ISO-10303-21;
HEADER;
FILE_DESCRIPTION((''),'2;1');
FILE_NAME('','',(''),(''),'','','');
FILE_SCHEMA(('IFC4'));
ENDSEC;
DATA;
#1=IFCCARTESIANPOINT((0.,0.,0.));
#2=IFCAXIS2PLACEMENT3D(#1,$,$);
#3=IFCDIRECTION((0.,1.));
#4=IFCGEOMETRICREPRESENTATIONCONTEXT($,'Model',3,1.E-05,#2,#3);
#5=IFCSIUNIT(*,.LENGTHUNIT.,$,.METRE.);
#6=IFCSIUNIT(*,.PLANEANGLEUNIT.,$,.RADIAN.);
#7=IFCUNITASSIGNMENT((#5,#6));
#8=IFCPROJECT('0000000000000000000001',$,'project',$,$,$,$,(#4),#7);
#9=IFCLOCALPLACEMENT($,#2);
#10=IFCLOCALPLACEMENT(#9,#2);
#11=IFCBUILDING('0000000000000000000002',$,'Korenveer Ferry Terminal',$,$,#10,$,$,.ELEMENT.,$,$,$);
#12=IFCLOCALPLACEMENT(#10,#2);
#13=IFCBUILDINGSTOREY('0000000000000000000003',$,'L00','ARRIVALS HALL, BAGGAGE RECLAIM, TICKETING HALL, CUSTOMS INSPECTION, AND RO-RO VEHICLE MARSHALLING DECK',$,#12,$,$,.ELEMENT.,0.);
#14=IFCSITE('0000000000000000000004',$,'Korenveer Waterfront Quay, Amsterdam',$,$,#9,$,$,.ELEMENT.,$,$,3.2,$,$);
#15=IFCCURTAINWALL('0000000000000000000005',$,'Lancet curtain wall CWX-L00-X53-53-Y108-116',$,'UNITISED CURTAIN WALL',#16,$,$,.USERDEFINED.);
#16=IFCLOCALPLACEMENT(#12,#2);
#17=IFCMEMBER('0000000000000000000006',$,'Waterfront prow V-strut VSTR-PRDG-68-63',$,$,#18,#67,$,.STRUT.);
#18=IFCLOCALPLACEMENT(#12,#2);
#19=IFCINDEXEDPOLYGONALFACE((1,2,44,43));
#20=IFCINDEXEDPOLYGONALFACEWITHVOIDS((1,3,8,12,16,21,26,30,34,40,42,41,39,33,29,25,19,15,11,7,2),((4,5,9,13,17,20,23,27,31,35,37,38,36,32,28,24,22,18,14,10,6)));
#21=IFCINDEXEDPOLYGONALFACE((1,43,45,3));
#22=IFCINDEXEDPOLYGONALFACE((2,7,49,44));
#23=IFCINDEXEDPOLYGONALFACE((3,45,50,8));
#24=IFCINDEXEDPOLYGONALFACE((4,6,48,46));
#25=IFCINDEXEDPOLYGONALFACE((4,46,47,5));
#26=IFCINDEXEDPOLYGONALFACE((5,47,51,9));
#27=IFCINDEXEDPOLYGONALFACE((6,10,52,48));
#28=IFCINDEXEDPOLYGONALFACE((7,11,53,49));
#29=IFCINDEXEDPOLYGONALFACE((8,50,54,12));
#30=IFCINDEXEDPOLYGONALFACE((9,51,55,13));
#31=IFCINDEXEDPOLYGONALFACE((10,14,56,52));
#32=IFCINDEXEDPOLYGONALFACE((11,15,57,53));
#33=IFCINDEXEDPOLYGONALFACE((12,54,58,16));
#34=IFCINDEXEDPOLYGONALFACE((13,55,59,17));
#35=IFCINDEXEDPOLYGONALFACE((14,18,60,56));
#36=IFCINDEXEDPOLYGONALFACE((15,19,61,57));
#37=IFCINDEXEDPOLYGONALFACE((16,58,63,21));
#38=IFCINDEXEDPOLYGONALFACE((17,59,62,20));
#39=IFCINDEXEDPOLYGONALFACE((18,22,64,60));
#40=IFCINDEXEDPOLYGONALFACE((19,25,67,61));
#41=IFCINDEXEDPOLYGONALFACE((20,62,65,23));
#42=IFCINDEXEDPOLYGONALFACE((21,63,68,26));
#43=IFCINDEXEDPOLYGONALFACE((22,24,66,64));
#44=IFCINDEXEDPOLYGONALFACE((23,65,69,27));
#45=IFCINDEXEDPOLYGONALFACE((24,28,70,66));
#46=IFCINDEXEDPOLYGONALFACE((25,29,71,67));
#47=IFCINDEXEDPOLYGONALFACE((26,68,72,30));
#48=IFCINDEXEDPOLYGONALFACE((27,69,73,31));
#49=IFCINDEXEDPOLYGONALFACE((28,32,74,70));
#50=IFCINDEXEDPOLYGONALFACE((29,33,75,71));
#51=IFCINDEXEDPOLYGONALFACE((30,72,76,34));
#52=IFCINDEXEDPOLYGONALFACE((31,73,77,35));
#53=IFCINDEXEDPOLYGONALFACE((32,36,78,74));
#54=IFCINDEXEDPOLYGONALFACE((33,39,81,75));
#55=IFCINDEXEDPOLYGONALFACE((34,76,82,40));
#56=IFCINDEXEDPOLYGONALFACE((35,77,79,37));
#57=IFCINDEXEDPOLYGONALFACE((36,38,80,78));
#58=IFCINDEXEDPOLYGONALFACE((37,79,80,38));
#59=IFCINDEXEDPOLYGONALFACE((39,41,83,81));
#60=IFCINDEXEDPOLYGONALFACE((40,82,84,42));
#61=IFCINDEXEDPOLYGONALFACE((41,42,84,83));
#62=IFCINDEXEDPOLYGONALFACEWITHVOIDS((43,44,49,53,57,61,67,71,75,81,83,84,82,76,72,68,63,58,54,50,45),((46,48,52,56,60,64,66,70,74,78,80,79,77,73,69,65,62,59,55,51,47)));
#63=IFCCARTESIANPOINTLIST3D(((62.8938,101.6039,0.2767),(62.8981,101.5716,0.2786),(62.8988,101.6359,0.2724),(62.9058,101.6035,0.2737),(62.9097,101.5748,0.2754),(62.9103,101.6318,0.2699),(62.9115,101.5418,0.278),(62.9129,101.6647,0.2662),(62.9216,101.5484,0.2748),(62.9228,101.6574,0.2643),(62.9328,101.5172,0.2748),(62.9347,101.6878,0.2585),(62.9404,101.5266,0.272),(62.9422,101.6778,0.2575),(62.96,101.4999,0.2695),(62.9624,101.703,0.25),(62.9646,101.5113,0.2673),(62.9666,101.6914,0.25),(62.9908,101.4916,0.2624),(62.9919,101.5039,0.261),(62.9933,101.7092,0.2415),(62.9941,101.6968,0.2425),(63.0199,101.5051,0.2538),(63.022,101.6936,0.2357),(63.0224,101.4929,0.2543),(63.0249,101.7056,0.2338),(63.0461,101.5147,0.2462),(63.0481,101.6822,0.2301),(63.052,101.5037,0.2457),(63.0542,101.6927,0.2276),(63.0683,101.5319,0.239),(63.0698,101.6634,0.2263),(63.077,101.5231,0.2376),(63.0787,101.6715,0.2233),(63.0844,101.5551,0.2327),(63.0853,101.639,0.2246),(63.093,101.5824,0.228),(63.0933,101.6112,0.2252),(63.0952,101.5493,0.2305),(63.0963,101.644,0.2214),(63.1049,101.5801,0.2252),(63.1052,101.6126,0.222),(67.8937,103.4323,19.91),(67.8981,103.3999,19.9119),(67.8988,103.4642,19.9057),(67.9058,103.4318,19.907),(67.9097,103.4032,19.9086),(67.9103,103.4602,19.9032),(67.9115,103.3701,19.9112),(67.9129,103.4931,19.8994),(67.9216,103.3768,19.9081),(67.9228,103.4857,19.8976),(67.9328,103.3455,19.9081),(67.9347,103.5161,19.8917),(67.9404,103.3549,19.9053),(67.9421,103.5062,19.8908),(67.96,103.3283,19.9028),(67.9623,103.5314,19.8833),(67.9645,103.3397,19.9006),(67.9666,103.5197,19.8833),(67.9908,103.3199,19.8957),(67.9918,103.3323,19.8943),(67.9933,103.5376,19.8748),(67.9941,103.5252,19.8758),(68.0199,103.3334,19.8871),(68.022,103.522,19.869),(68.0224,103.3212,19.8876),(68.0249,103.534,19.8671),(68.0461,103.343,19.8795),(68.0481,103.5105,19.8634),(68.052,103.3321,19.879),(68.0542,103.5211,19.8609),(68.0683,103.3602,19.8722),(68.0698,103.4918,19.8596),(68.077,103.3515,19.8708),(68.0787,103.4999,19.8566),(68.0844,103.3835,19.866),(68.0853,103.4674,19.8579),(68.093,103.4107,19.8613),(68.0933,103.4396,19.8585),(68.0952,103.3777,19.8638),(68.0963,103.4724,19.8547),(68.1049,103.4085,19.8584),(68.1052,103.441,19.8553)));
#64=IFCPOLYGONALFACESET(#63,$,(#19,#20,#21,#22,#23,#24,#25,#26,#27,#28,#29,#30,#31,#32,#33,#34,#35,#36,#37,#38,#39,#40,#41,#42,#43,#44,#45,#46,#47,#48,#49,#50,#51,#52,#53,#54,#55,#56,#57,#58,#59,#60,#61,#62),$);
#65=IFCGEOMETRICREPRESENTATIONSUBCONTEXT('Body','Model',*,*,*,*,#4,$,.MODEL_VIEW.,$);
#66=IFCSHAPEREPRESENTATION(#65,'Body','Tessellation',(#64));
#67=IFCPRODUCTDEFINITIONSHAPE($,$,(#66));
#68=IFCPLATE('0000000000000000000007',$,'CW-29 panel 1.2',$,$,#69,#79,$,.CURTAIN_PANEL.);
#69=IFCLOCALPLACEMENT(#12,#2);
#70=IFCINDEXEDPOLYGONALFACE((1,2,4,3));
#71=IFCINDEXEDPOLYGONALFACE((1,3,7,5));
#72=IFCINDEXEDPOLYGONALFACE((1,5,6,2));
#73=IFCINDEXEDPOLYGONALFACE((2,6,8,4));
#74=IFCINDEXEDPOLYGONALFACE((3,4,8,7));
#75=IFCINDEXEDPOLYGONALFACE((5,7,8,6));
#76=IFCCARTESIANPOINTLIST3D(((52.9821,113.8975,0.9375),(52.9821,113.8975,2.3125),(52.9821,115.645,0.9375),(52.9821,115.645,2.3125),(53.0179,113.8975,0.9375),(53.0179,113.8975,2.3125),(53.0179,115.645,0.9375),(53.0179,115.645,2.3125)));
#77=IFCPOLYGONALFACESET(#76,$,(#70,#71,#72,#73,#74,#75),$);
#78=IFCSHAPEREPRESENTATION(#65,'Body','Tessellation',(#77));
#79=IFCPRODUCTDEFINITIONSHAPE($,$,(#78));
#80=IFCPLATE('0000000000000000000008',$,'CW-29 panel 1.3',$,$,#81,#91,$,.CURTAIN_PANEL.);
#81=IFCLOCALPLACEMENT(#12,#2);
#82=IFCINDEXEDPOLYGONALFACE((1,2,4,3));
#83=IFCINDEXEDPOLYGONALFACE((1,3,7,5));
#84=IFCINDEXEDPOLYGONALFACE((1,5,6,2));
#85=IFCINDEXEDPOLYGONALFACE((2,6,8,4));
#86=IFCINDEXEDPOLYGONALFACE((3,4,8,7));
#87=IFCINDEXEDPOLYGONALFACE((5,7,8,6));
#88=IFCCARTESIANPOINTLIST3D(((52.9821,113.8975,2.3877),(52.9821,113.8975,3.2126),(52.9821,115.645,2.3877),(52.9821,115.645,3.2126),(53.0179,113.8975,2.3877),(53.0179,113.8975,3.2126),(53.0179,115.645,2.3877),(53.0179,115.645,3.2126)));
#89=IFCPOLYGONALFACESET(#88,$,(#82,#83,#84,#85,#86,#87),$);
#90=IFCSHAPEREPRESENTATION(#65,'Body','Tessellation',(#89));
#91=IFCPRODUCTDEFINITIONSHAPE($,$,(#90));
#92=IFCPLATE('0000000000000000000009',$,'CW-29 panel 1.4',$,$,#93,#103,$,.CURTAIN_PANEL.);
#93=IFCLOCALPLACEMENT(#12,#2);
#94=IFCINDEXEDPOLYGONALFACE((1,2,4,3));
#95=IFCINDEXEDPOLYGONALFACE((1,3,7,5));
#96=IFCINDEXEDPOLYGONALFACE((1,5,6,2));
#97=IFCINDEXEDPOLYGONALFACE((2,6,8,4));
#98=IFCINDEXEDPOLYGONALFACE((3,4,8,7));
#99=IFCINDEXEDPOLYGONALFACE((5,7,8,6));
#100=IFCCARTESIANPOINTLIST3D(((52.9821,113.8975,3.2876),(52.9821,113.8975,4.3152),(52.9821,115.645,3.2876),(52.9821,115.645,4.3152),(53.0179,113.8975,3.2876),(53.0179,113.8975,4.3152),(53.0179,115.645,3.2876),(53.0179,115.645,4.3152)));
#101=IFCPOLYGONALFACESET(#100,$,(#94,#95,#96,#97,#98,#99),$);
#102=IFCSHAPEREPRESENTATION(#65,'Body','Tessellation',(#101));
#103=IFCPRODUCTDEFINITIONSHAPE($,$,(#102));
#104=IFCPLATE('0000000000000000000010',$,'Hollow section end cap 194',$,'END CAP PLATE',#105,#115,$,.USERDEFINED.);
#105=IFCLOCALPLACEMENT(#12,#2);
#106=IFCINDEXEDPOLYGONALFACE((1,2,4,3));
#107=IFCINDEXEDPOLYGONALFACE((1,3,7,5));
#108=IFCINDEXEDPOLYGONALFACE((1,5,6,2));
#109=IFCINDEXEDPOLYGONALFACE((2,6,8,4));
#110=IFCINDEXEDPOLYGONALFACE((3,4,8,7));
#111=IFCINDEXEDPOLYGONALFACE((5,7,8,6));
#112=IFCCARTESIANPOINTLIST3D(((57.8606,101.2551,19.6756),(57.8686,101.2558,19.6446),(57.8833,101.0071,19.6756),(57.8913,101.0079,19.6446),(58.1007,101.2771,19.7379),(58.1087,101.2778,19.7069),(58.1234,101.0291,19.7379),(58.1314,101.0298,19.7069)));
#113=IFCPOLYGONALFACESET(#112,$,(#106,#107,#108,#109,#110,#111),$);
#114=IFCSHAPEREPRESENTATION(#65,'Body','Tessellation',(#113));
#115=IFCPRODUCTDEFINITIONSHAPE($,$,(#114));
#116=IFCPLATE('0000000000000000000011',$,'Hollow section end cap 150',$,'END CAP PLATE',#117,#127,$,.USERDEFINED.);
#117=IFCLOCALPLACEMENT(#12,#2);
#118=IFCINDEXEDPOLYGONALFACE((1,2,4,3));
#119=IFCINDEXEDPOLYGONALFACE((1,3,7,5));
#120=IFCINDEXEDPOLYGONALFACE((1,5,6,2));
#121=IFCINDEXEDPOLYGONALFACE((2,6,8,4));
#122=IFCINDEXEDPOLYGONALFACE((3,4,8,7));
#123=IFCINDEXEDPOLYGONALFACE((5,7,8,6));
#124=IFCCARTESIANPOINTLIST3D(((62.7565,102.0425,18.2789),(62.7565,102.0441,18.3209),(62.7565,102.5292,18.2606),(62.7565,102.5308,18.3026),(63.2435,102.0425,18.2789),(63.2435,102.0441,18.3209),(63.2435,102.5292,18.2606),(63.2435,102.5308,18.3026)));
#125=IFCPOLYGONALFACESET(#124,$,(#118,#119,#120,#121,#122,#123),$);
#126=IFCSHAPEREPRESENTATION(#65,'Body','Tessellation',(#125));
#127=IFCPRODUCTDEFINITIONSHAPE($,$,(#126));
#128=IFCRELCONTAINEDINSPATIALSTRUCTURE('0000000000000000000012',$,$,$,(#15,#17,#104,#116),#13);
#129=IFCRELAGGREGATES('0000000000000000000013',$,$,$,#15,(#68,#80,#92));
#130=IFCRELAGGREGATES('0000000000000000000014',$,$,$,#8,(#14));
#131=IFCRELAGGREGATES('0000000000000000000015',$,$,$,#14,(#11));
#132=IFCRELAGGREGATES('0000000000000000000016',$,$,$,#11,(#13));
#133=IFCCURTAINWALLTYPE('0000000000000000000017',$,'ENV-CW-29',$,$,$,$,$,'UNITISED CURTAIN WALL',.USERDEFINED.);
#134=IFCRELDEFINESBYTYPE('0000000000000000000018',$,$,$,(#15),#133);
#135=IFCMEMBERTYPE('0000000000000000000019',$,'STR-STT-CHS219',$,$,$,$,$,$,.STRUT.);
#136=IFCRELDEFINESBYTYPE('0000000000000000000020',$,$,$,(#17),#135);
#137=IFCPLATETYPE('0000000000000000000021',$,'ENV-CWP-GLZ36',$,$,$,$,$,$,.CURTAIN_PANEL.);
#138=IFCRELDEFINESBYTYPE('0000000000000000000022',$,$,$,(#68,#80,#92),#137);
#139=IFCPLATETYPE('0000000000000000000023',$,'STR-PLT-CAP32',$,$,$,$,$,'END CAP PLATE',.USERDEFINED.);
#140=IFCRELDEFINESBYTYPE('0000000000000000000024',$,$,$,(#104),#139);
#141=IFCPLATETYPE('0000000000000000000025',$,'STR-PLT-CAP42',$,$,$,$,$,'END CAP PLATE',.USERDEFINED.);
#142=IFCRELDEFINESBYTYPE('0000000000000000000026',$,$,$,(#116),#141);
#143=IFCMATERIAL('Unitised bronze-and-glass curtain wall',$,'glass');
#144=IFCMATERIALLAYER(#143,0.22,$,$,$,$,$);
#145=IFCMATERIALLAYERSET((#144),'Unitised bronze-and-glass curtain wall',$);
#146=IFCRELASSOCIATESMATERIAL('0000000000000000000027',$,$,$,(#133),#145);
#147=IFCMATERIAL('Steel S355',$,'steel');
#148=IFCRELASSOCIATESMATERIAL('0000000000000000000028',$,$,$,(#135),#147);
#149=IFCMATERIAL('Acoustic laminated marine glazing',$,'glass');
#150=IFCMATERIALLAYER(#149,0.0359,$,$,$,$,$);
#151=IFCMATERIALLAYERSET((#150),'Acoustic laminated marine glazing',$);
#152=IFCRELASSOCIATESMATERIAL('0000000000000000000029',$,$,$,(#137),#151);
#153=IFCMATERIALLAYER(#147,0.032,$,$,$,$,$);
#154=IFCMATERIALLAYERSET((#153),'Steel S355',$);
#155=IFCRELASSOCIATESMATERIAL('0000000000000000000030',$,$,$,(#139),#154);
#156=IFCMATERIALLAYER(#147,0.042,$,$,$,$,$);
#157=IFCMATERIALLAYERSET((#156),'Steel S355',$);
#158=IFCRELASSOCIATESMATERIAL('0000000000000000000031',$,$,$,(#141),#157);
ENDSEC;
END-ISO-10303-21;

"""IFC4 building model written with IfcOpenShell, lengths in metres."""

from ifc_helpers import new_model, si_unit, direction, frame, origin, origin_2d, place, context, subcontext, project, spatial, rectangle, hollow_circle, extrude, material, layer, layer_set, material_profile, profile_set, type_object, element, aggregate, save


model = new_model("IFC4")

# Units and contexts
model_context = context("Model", 3, precision=1e-05, world=origin(), true_north=direction((0.0, 1.0)))
body_context = subcontext(model_context, "Body", "Model", "MODEL_VIEW")
ifc_project = project(units=[si_unit("LENGTHUNIT", "METRE"), si_unit("PLANEANGLEUNIT", "RADIAN")], contexts=[model_context])

# Site, building, storey
site_placement = place(None, origin())
site = spatial("IfcSite", under=ifc_project, at=site_placement, Name="Korenveer Waterfront Quay, Amsterdam", CompositionType="ELEMENT", RefElevation=3.2)
building_placement = place(site_placement, origin())
building = spatial("IfcBuilding", under=site, at=building_placement, Name="Korenveer Ferry Terminal", CompositionType="ELEMENT")
storey_placement = place(building_placement, origin())
storey = spatial("IfcBuildingStorey", under=building, at=storey_placement, Name="L00", Description="ARRIVALS HALL, BAGGAGE RECLAIM, TICKETING HALL, CUSTOMS INSPECTION, AND RO-RO VEHICLE MARSHALLING DECK", CompositionType="ELEMENT", Elevation=0.0)

# Curtain wall
ifc_material_1 = material(Name="Unitised bronze-and-glass curtain wall", Category="glass")
ifc_layer_1 = layer(ifc_material_1, 0.22)
ifc_layer_set_1 = layer_set([ifc_layer_1], Name="Unitised bronze-and-glass curtain wall")
curtain_wall_type = type_object("IfcCurtainWallType", Name="ENV-CW-29", ElementType="UNITISED CURTAIN WALL", PredefinedType="USERDEFINED", material=ifc_layer_set_1)
curtain_wall_placement = place(storey_placement, frame((53.0, 115.72, 0.0)))
curtain_wall = element("IfcCurtainWall", 1, at=curtain_wall_placement, inside=storey, type_object=curtain_wall_type, Name="Lancet curtain wall CWX-L00-X53-53-Y108-116", ObjectType="UNITISED CURTAIN WALL", PredefinedType="USERDEFINED")

# Shared definitions
ifc_material_2 = material(Name="Steel S355", Category="steel")

# Member
ifc_material_profile_1 = material_profile(ifc_material_2, hollow_circle(Radius=0.1096, WallThickness=0.0125, at=origin_2d()), Name="CHS 219.1x12.5")
ifc_profile_set_1 = profile_set([ifc_material_profile_1], Name="Steel S355")
member_type_1 = type_object("IfcMemberType", Name="STR-STT-CHS219", PredefinedType="STRUT", material=ifc_profile_set_1)
member_1_placement = place(storey_placement, frame((63.0, 101.6001, 0.25), z_axis=(0.245793, 0.08988, 0.965146), x_axis=(-0.343433, 0.939177, 0.0)))
element("IfcMember", 2, at=member_1_placement, inside=storey, type_object=member_type_1, Name="Waterfront prow V-strut VSTR-PRDG-68-63", PredefinedType="STRUT", context=body_context, shape_type="SweptSolid", body=[
    extrude(hollow_circle(Radius=0.1096, WallThickness=0.0125, at=origin_2d()), origin(), (0.0, 0.0, 1.0), 20.3423),
])

# Plates
ifc_material_3 = material(Name="Acoustic laminated marine glazing", Category="glass")
ifc_layer_2 = layer(ifc_material_3, 0.0359)
ifc_layer_set_2 = layer_set([ifc_layer_2], Name="Acoustic laminated marine glazing")
plate_type_1 = type_object("IfcPlateType", Name="ENV-CWP-GLZ36", PredefinedType="CURTAIN_PANEL", material=ifc_layer_set_2)
plate_1_placement = place(storey_placement, frame((53.0, 114.7712, 0.9375), z_axis=(0.0, 0.0, 1.0), x_axis=(0.0, -1.0, 0.0)))
plate_1 = element("IfcPlate", 3, at=plate_1_placement, type_object=plate_type_1, Name="CW-29 panel 1.2", PredefinedType="CURTAIN_PANEL", context=body_context, shape_type="SweptSolid", body=[
    extrude(rectangle(XDim=1.7476, YDim=0.0359, at=origin_2d()), origin(), (0.0, 0.0, 1.0), 1.375),
])
plate_2_placement = place(storey_placement, frame((53.0, 114.7712, 2.3877), z_axis=(0.0, 0.0, 1.0), x_axis=(0.0, -1.0, 0.0)))
plate_2 = element("IfcPlate", 4, at=plate_2_placement, type_object=plate_type_1, Name="CW-29 panel 1.3", PredefinedType="CURTAIN_PANEL", context=body_context, shape_type="SweptSolid", body=[
    extrude(rectangle(XDim=1.7476, YDim=0.0359, at=origin_2d()), origin(), (0.0, 0.0, 1.0), 0.825),
])
plate_3_placement = place(storey_placement, frame((53.0, 114.7712, 3.2876), z_axis=(0.0, 0.0, 1.0), x_axis=(0.0, -1.0, 0.0)))
plate_3 = element("IfcPlate", 5, at=plate_3_placement, type_object=plate_type_1, Name="CW-29 panel 1.4", PredefinedType="CURTAIN_PANEL", context=body_context, shape_type="SweptSolid", body=[
    extrude(rectangle(XDim=1.7476, YDim=0.0359, at=origin_2d()), origin(), (0.0, 0.0, 1.0), 1.0276),
])
aggregate(curtain_wall, [plate_1, plate_2, plate_3])

# Plates
ifc_layer_3 = layer(ifc_material_2, 0.032)
ifc_layer_set_3 = layer_set([ifc_layer_3], Name="Steel S355")
plate_type_2 = type_object("IfcPlateType", Name="STR-PLT-CAP32", ElementType="END CAP PLATE", PredefinedType="USERDEFINED", material=ifc_layer_set_3)
plate_4_placement = place(storey_placement, frame((58.0, 101.1428, 19.6758), z_axis=(-0.249201, -0.022784, 0.968184), x_axis=(0.091049, -0.995846, 0.0)))
element("IfcPlate", 6, at=plate_4_placement, inside=storey, type_object=plate_type_2, Name="Hollow section end cap 194", ObjectType="END CAP PLATE", PredefinedType="USERDEFINED", context=body_context, shape_type="SweptSolid", body=[
    extrude(rectangle(XDim=0.249, YDim=0.249, at=origin_2d()), origin(), (0.0, 0.0, 1.0), 0.032),
])
ifc_layer_4 = layer(ifc_material_2, 0.042)
ifc_layer_set_4 = layer_set([ifc_layer_4], Name="Steel S355")
plate_type_3 = type_object("IfcPlateType", Name="STR-PLT-CAP42", ElementType="END CAP PLATE", PredefinedType="USERDEFINED", material=ifc_layer_set_4)
plate_5_placement = place(storey_placement, frame((63.0, 102.2859, 18.2698), z_axis=(0.0, 0.037506, 0.999296), x_axis=(-1.0, 0.0, 0.0)))
element("IfcPlate", 7, at=plate_5_placement, inside=storey, type_object=plate_type_3, Name="Hollow section end cap 150", ObjectType="END CAP PLATE", PredefinedType="USERDEFINED", context=body_context, shape_type="SweptSolid", body=[
    extrude(rectangle(XDim=0.4871, YDim=0.4871, at=origin_2d()), origin(), (0.0, 0.0, 1.0), 0.042),
])

save(model, "model.ifc")
